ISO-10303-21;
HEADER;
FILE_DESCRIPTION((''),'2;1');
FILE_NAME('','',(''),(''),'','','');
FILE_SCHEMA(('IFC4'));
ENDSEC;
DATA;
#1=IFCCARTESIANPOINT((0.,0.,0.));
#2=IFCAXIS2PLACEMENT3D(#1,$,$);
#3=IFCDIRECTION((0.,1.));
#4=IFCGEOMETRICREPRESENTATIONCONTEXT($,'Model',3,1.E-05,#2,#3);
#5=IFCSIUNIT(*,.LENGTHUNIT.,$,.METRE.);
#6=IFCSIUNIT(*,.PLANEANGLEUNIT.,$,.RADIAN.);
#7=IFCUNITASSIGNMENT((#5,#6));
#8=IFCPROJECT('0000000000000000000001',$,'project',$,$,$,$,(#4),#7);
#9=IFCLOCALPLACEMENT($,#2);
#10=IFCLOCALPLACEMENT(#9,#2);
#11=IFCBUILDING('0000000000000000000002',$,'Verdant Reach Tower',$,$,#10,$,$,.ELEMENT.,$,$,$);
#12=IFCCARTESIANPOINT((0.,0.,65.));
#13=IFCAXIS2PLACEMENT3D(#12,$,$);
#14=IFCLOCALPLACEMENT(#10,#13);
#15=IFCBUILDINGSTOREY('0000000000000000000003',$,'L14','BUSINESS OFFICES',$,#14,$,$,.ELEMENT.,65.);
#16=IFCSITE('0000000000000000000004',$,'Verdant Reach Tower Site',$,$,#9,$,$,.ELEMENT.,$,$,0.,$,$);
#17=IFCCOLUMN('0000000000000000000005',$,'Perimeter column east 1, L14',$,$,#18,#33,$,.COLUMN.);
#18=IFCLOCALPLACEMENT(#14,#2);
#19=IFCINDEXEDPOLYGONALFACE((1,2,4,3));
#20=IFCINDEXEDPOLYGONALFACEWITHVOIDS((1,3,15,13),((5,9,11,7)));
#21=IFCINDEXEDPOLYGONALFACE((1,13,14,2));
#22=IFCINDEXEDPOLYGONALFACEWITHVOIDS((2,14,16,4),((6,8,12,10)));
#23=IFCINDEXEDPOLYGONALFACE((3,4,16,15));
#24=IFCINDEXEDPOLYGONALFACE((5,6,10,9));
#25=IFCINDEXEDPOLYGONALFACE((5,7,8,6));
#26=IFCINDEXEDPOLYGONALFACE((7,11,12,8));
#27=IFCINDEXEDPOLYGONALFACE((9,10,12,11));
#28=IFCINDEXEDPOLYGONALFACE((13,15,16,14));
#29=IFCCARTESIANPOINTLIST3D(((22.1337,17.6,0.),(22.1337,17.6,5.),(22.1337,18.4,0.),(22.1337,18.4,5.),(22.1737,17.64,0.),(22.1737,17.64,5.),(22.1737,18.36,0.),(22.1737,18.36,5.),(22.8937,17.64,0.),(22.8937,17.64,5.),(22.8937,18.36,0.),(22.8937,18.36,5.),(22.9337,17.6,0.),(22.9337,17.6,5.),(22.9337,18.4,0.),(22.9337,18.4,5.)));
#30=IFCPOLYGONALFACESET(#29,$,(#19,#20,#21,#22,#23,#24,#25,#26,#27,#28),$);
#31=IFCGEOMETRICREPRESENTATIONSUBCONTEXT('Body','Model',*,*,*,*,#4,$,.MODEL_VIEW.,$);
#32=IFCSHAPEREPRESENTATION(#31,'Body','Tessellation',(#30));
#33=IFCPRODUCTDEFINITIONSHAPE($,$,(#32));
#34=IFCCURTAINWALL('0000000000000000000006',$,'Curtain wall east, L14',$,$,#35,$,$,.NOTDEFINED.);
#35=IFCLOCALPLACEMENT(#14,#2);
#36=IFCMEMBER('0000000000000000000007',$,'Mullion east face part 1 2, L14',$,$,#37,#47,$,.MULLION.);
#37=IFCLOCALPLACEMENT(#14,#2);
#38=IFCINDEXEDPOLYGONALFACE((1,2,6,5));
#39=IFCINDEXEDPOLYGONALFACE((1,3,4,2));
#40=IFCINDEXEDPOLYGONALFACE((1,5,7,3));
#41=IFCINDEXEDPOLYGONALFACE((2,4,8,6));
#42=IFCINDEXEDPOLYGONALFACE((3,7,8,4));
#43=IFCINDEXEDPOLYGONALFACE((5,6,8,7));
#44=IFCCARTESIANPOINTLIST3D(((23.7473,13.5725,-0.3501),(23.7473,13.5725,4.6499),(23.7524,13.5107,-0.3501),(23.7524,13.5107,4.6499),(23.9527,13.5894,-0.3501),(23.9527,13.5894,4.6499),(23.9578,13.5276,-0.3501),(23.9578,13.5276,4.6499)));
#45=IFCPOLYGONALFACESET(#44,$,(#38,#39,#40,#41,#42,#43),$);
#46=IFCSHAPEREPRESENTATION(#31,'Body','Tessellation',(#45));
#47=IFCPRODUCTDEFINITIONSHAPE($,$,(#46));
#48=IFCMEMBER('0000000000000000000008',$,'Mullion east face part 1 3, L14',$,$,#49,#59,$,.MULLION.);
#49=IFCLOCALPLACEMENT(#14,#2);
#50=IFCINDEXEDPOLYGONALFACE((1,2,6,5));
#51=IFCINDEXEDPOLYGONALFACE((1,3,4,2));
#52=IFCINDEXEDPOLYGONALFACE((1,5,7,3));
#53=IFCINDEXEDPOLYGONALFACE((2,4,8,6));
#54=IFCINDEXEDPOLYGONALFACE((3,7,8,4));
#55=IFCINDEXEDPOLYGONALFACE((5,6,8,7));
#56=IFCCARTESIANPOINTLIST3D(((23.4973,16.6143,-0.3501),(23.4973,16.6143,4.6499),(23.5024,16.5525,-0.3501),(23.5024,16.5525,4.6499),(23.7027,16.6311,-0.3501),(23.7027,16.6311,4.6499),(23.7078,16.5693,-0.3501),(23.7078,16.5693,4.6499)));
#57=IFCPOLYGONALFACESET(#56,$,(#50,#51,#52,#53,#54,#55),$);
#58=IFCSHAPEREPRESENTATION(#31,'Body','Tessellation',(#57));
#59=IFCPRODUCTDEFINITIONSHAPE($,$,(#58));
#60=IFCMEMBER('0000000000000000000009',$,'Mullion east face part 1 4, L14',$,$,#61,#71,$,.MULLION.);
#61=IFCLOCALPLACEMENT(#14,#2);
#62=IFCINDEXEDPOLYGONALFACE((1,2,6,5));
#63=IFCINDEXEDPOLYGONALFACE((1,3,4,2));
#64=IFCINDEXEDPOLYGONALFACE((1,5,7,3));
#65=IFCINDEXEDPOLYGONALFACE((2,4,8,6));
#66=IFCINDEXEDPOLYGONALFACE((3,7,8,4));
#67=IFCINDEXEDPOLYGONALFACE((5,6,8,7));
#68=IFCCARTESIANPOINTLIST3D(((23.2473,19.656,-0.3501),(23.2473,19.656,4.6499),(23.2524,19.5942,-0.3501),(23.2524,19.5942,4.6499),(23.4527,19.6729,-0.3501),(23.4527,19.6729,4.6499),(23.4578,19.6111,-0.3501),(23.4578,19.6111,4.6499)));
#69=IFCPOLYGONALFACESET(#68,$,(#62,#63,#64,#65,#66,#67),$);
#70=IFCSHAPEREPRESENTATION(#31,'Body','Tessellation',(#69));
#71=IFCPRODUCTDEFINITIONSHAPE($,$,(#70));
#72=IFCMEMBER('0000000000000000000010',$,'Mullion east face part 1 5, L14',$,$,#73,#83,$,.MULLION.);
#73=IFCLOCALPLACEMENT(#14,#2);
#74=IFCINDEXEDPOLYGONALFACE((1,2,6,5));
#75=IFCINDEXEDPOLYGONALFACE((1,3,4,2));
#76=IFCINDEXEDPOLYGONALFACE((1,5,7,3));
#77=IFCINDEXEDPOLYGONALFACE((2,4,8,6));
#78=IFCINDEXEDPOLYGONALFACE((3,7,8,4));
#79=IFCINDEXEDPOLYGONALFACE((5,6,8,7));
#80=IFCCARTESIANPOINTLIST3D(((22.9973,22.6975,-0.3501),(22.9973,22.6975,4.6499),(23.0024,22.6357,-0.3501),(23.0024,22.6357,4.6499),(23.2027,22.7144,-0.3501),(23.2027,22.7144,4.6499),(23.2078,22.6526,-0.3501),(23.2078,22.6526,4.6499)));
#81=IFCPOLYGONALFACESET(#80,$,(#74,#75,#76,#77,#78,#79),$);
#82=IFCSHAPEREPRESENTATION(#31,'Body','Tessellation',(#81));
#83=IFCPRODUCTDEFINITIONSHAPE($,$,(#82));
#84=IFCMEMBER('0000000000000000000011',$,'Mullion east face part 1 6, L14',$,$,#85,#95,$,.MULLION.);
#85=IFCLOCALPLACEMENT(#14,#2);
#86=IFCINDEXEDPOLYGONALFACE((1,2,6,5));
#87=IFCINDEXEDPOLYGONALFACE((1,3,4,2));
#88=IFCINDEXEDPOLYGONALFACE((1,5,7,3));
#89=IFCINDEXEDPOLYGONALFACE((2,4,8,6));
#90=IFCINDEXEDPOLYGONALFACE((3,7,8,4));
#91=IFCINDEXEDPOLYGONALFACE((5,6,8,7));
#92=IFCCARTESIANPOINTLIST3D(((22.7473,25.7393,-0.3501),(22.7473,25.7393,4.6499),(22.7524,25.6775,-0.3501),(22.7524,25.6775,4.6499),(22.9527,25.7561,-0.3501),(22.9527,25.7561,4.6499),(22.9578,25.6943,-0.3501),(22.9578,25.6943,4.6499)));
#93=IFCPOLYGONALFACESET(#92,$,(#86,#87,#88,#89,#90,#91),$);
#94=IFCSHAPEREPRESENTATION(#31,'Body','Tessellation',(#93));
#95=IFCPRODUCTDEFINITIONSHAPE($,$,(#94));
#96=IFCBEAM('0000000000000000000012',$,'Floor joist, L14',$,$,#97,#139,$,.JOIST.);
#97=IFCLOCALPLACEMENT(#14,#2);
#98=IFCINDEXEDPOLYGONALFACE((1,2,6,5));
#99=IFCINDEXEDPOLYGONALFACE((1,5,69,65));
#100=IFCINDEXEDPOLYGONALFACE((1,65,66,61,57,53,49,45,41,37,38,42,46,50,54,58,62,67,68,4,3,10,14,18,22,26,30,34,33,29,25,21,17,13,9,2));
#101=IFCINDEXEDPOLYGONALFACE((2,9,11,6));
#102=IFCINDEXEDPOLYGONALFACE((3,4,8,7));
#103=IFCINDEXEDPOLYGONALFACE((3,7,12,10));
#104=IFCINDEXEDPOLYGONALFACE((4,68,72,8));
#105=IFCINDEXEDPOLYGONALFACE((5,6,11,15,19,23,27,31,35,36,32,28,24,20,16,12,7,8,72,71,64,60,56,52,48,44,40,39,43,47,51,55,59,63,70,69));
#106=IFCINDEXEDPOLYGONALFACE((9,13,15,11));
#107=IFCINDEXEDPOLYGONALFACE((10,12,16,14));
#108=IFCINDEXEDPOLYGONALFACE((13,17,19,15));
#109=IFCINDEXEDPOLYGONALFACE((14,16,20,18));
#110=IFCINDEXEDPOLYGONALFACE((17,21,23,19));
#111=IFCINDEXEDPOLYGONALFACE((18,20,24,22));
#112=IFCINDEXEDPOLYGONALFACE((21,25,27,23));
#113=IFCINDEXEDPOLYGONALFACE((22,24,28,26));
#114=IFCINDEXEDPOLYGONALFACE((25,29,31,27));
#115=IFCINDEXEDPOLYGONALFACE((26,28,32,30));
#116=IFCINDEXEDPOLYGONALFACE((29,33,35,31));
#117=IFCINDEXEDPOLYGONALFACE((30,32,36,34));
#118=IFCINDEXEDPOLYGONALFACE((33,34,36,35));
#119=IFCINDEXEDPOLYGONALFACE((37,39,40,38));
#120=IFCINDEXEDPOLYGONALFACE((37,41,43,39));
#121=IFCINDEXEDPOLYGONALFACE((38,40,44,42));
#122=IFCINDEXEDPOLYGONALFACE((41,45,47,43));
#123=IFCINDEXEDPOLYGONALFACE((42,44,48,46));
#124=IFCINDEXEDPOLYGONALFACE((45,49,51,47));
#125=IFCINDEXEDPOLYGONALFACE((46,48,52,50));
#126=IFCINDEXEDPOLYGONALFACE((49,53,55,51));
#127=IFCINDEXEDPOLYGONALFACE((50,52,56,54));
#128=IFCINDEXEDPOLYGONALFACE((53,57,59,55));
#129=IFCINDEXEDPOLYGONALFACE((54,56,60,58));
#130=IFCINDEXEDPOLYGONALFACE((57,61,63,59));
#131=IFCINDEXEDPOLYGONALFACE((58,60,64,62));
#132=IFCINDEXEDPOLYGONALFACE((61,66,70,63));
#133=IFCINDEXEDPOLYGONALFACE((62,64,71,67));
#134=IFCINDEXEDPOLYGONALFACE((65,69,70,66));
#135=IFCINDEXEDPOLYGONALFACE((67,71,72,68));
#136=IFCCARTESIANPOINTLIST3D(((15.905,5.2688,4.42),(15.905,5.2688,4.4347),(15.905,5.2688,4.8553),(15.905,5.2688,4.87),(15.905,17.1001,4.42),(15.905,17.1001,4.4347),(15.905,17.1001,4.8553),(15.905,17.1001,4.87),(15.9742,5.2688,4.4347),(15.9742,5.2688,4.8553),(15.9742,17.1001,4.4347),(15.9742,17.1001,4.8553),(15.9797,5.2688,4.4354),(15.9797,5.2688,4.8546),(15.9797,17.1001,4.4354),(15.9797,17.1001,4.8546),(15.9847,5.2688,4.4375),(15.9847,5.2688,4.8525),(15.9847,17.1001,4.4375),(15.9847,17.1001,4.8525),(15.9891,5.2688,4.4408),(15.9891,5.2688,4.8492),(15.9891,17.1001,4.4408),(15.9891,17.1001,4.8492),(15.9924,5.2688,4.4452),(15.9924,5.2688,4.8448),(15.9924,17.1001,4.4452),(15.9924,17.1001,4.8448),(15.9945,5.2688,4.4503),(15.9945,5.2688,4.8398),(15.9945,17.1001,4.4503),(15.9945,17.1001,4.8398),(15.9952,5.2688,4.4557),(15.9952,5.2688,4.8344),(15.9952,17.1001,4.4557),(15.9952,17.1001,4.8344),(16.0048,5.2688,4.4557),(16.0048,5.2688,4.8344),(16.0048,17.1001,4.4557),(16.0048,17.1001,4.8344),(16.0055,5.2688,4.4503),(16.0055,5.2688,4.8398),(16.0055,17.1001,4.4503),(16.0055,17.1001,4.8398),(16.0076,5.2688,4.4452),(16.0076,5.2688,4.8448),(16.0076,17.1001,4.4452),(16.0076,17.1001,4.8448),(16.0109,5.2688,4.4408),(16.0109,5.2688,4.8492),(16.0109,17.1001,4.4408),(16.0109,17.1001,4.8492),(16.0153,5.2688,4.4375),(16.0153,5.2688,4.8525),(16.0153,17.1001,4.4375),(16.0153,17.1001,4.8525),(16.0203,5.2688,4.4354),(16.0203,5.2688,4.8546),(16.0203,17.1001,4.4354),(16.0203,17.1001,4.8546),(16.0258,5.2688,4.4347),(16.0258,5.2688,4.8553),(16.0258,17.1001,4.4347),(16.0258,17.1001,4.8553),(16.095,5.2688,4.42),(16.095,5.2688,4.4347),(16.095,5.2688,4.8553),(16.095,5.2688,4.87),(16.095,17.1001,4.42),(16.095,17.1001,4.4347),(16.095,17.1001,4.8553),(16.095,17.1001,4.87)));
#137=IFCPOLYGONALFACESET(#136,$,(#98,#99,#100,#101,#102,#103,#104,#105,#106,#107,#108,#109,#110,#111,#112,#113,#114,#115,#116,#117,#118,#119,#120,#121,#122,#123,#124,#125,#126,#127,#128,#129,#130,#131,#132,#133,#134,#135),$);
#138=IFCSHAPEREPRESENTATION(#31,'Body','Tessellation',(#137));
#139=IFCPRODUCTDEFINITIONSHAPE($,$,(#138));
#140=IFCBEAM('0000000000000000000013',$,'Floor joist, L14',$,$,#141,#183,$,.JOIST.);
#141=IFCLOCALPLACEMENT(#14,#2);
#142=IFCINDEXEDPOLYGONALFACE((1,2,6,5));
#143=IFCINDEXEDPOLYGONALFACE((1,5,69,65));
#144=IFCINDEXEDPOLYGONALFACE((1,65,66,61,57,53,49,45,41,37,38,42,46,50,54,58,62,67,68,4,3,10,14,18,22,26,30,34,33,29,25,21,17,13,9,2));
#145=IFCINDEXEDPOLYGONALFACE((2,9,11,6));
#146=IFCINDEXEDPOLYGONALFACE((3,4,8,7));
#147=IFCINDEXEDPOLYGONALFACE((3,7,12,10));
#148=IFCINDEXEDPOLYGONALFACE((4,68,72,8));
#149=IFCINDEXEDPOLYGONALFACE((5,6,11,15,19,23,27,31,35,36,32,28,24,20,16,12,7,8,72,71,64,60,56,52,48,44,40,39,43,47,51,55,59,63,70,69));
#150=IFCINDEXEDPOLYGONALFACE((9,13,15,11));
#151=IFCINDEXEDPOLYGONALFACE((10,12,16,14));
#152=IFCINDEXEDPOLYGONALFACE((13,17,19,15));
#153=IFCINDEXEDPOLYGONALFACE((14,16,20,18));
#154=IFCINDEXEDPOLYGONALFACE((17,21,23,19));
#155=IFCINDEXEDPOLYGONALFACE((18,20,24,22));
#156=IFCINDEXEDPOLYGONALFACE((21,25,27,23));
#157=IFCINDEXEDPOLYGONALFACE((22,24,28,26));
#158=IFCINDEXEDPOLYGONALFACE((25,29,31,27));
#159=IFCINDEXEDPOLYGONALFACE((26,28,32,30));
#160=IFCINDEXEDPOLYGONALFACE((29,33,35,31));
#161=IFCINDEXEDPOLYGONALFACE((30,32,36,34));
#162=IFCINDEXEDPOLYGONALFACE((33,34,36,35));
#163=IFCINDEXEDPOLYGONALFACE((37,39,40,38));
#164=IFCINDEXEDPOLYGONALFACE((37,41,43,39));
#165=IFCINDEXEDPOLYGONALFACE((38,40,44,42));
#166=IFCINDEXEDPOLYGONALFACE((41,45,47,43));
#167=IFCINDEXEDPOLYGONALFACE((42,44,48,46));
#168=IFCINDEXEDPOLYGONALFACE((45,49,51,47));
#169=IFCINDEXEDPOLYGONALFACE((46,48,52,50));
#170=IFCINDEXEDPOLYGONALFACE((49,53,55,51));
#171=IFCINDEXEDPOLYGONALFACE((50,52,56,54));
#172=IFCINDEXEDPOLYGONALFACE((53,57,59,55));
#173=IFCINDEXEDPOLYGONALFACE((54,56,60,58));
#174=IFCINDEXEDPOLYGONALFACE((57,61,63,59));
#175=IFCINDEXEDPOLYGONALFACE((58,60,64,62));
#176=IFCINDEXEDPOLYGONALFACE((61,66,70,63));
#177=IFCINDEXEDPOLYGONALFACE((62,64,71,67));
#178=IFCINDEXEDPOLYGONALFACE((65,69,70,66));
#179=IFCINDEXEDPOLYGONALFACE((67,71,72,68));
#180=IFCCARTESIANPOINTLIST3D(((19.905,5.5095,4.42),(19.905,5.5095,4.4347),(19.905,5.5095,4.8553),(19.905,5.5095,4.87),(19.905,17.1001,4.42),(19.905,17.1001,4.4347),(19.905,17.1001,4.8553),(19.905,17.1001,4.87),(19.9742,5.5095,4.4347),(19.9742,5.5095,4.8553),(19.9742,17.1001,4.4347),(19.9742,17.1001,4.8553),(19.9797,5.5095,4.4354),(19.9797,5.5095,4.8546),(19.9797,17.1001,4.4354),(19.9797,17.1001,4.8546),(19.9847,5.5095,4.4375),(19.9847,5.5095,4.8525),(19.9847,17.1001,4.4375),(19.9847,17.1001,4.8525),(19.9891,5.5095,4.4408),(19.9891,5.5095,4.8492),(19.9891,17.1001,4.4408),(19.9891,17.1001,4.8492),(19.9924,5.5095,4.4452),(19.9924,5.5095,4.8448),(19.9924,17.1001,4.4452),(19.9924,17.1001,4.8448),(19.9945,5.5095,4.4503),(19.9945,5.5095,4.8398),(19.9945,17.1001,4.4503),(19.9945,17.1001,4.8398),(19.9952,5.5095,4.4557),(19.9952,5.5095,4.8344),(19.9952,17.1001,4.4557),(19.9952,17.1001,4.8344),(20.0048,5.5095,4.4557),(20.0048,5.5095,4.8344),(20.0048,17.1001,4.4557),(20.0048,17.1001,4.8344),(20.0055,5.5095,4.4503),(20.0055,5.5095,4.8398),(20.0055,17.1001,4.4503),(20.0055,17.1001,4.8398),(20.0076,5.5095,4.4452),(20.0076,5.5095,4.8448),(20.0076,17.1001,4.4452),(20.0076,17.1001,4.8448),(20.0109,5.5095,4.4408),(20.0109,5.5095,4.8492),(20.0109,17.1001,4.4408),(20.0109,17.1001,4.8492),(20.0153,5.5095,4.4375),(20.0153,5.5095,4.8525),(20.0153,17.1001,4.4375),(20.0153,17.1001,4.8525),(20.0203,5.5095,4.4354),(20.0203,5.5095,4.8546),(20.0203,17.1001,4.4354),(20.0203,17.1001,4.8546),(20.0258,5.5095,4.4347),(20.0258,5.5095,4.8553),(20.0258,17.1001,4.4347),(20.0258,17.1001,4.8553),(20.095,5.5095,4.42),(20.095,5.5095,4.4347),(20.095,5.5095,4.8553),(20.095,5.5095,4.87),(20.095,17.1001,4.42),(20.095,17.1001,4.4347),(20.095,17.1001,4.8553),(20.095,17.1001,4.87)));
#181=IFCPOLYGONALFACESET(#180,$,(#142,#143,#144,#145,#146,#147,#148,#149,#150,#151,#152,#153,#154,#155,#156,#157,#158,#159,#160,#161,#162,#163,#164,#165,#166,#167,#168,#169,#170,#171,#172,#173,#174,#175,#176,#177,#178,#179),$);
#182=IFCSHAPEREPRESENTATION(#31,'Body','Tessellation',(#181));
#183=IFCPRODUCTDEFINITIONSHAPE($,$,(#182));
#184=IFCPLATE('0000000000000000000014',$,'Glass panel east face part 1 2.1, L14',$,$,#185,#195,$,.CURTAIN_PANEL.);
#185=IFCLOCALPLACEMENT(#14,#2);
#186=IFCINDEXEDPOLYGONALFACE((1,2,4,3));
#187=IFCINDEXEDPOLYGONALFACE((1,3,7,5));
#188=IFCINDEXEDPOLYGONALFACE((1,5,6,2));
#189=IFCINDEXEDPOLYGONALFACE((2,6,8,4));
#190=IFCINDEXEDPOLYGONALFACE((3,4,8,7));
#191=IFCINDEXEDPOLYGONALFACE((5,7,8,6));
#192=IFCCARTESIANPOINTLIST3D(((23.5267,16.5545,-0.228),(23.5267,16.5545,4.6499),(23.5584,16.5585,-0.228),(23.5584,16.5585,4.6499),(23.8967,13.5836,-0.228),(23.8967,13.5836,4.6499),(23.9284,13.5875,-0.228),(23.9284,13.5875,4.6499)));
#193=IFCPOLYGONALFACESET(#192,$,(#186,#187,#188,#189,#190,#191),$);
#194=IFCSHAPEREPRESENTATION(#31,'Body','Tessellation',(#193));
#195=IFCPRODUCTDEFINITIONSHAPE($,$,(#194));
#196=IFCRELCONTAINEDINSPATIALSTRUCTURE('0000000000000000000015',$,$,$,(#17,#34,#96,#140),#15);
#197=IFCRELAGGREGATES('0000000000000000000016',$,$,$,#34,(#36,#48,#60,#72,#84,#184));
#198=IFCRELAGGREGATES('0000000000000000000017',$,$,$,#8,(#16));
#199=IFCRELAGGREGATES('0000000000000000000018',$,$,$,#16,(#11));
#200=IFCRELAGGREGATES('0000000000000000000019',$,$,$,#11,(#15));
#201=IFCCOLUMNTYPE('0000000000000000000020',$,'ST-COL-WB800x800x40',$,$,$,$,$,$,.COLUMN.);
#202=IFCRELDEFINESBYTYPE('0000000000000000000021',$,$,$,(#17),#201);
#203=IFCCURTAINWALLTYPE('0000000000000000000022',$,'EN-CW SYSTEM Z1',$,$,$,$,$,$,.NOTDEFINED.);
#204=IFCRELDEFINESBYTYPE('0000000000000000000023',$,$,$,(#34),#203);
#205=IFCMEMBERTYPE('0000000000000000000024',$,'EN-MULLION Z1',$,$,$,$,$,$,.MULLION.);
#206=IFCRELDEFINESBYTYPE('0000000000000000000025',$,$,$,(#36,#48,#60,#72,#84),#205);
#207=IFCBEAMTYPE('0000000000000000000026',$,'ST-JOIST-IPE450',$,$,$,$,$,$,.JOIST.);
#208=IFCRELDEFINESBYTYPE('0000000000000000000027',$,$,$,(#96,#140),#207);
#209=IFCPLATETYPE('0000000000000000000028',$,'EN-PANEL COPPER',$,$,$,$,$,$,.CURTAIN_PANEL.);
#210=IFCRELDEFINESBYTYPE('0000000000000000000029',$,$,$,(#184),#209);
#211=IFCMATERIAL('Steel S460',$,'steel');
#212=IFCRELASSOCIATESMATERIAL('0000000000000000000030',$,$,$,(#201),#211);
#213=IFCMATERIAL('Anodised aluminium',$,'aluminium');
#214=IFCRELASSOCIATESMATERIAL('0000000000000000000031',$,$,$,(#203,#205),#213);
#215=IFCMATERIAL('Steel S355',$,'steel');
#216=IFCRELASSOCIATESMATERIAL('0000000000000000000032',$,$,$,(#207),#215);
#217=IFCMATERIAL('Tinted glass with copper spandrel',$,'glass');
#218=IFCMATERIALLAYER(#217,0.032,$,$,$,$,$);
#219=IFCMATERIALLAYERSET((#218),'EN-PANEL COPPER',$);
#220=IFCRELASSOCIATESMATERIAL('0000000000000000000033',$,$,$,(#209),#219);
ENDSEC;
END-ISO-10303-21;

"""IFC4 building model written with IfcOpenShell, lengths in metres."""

from ifc_helpers import new_model, si_unit, direction, frame, origin, origin_2d, place, context, subcontext, project, spatial, rectangle, hollow_rectangle, i_section, extrude, material, layer, layer_set, material_profile, profile_set, type_object, element, aggregate, save


model = new_model("IFC4")

# Units and contexts
model_context = context("Model", 3, precision=1e-05, world=origin(), true_north=direction((0.0, 1.0)))
body_context = subcontext(model_context, "Body", "Model", "MODEL_VIEW")
ifc_project = project(units=[si_unit("LENGTHUNIT", "METRE"), si_unit("PLANEANGLEUNIT", "RADIAN")], contexts=[model_context])

# Site, building, storey
site_placement = place(None, origin())
site = spatial("IfcSite", under=ifc_project, at=site_placement, Name="Verdant Reach Tower Site", CompositionType="ELEMENT", RefElevation=0.0)
building_placement = place(site_placement, origin())
building = spatial("IfcBuilding", under=site, at=building_placement, Name="Verdant Reach Tower", CompositionType="ELEMENT")
storey_placement = place(building_placement, frame((0.0, 0.0, 65.0)))
storey = spatial("IfcBuildingStorey", under=building, at=storey_placement, Name="L14", Description="BUSINESS OFFICES", CompositionType="ELEMENT", Elevation=65.0)

# Column
ifc_material_1 = material(Name="Steel S460", Category="steel")
ifc_material_profile_1 = material_profile(ifc_material_1, hollow_rectangle(XDim=0.8, YDim=0.8, WallThickness=0.04, at=origin_2d()), Name="WB 800x800x40")
ifc_profile_set_1 = profile_set([ifc_material_profile_1], Name="Steel S460")
column_type = type_object("IfcColumnType", Name="ST-COL-WB800x800x40", PredefinedType="COLUMN", material=ifc_profile_set_1)
column_placement = place(storey_placement, frame((22.5337, 18.0, 0.0), z_axis=(0.0, 0.0, 1.0), x_axis=(1.0, 0.0, 0.0)))
element("IfcColumn", 1, at=column_placement, inside=storey, type_object=column_type, Name="Perimeter column east 1, L14", PredefinedType="COLUMN", context=body_context, shape_type="SweptSolid", body=[
    extrude(hollow_rectangle(XDim=0.8, YDim=0.8, WallThickness=0.04, at=origin_2d()), origin(), (0.0, 0.0, 1.0), 5.0),
])

# Curtain wall, members
ifc_material_2 = material(Name="Anodised aluminium", Category="aluminium")
curtain_wall_type = type_object("IfcCurtainWallType", Name="EN-CW SYSTEM Z1", PredefinedType="NOTDEFINED", material=ifc_material_2)
curtain_wall_placement = place(storey_placement, origin())
curtain_wall = element("IfcCurtainWall", 2, at=curtain_wall_placement, inside=storey, type_object=curtain_wall_type, Name="Curtain wall east, L14", PredefinedType="NOTDEFINED")
ifc_material_profile_2 = material_profile(ifc_material_2, rectangle(XDim=0.2061, YDim=0.062, at=origin_2d()), Name="Mullion 62x206")
ifc_profile_set_2 = profile_set([ifc_material_profile_2], Name="Anodised aluminium")
member_type = type_object("IfcMemberType", Name="EN-MULLION Z1", PredefinedType="MULLION", material=ifc_profile_set_2)
member_1_placement = place(storey_placement, frame((23.8525, 13.55, -0.3501), z_axis=(0.0, 0.0, 1.0), x_axis=(0.996639, 0.081916, 0.0)))
member_1 = element("IfcMember", 3, at=member_1_placement, type_object=member_type, Name="Mullion east face part 1 2, L14", PredefinedType="MULLION", context=body_context, shape_type="SweptSolid", body=[
    extrude(rectangle(XDim=0.2061, YDim=0.062, at=origin_2d()), origin(), (0.0, 0.0, 1.0), 5.0),
])
member_2_placement = place(storey_placement, frame((23.6025, 16.5918, -0.3501), z_axis=(0.0, 0.0, 1.0), x_axis=(0.996639, 0.081916, 0.0)))
member_2 = element("IfcMember", 4, at=member_2_placement, type_object=member_type, Name="Mullion east face part 1 3, L14", PredefinedType="MULLION", context=body_context, shape_type="SweptSolid", body=[
    extrude(rectangle(XDim=0.2061, YDim=0.062, at=origin_2d()), origin(), (0.0, 0.0, 1.0), 5.0),
])
member_3_placement = place(storey_placement, frame((23.3525, 19.6335, -0.3501), z_axis=(0.0, 0.0, 1.0), x_axis=(0.996639, 0.081916, 0.0)))
member_3 = element("IfcMember", 5, at=member_3_placement, type_object=member_type, Name="Mullion east face part 1 4, L14", PredefinedType="MULLION", context=body_context, shape_type="SweptSolid", body=[
    extrude(rectangle(XDim=0.2061, YDim=0.062, at=origin_2d()), origin(), (0.0, 0.0, 1.0), 5.0),
])
member_4_placement = place(storey_placement, frame((23.1025, 22.675, -0.3501), z_axis=(0.0, 0.0, 1.0), x_axis=(0.996639, 0.081916, 0.0)))
member_4 = element("IfcMember", 6, at=member_4_placement, type_object=member_type, Name="Mullion east face part 1 5, L14", PredefinedType="MULLION", context=body_context, shape_type="SweptSolid", body=[
    extrude(rectangle(XDim=0.2061, YDim=0.062, at=origin_2d()), origin(), (0.0, 0.0, 1.0), 5.0),
])
member_5_placement = place(storey_placement, frame((22.8525, 25.7168, -0.3501), z_axis=(0.0, 0.0, 1.0), x_axis=(0.996639, 0.081916, 0.0)))
member_5 = element("IfcMember", 7, at=member_5_placement, type_object=member_type, Name="Mullion east face part 1 6, L14", PredefinedType="MULLION", context=body_context, shape_type="SweptSolid", body=[
    extrude(rectangle(XDim=0.2061, YDim=0.062, at=origin_2d()), origin(), (0.0, 0.0, 1.0), 5.0),
])

# Beams
ifc_material_3 = material(Name="Steel S355", Category="steel")
ifc_material_profile_3 = material_profile(ifc_material_3, i_section(OverallWidth=0.1899, OverallDepth=0.45, WebThickness=0.0095, FlangeThickness=0.0146, FilletRadius=0.021, at=origin_2d()), Name="IPE 450")
ifc_profile_set_3 = profile_set([ifc_material_profile_3], Name="Steel S355")
beam_type = type_object("IfcBeamType", Name="ST-JOIST-IPE450", PredefinedType="JOIST", material=ifc_profile_set_3)
beam_1_placement = place(storey_placement, frame((16.0, 17.1001, 4.645), z_axis=(0.0, -1.0, 0.0), x_axis=(1.0, 0.0, 0.0)))
element("IfcBeam", 8, at=beam_1_placement, inside=storey, type_object=beam_type, Name="Floor joist, L14", PredefinedType="JOIST", context=body_context, shape_type="SweptSolid", body=[
    extrude(i_section(OverallWidth=0.1899, OverallDepth=0.45, WebThickness=0.0095, FlangeThickness=0.0146, FilletRadius=0.021, at=origin_2d()), origin(), (0.0, 0.0, 1.0), 11.8313),
])
beam_2_placement = place(storey_placement, frame((20.0, 17.1001, 4.645), z_axis=(0.0, -1.0, 0.0), x_axis=(1.0, 0.0, 0.0)))
element("IfcBeam", 9, at=beam_2_placement, inside=storey, type_object=beam_type, Name="Floor joist, L14", PredefinedType="JOIST", context=body_context, shape_type="SweptSolid", body=[
    extrude(i_section(OverallWidth=0.1899, OverallDepth=0.45, WebThickness=0.0095, FlangeThickness=0.0146, FilletRadius=0.021, at=origin_2d()), origin(), (0.0, 0.0, 1.0), 11.5906),
])

# Plate
ifc_material_4 = material(Name="Tinted glass with copper spandrel", Category="glass")
ifc_layer_1 = layer(ifc_material_4, 0.032)
ifc_layer_set_1 = layer_set([ifc_layer_1], Name="EN-PANEL COPPER")
plate_type_1 = type_object("IfcPlateType", Name="EN-PANEL COPPER", PredefinedType="CURTAIN_PANEL", material=ifc_layer_set_1)
plate_1_placement = place(storey_placement, frame((23.7275, 15.071, -0.228), z_axis=(0.0, 0.0, 1.0), x_axis=(-0.123579, 0.992335, 0.0)))
plate_1 = element("IfcPlate", 10, at=plate_1_placement, type_object=plate_type_1, Name="Glass panel east face part 1 2.1, L14", PredefinedType="CURTAIN_PANEL", context=body_context, shape_type="SweptSolid", body=[
    extrude(rectangle(XDim=2.9939, YDim=0.032, at=origin_2d()), origin(), (0.0, 0.0, 1.0), 4.8779),
])
aggregate(curtain_wall, [member_1, member_2, member_3, member_4, member_5, plate_1])

save(model, "model.ifc")
